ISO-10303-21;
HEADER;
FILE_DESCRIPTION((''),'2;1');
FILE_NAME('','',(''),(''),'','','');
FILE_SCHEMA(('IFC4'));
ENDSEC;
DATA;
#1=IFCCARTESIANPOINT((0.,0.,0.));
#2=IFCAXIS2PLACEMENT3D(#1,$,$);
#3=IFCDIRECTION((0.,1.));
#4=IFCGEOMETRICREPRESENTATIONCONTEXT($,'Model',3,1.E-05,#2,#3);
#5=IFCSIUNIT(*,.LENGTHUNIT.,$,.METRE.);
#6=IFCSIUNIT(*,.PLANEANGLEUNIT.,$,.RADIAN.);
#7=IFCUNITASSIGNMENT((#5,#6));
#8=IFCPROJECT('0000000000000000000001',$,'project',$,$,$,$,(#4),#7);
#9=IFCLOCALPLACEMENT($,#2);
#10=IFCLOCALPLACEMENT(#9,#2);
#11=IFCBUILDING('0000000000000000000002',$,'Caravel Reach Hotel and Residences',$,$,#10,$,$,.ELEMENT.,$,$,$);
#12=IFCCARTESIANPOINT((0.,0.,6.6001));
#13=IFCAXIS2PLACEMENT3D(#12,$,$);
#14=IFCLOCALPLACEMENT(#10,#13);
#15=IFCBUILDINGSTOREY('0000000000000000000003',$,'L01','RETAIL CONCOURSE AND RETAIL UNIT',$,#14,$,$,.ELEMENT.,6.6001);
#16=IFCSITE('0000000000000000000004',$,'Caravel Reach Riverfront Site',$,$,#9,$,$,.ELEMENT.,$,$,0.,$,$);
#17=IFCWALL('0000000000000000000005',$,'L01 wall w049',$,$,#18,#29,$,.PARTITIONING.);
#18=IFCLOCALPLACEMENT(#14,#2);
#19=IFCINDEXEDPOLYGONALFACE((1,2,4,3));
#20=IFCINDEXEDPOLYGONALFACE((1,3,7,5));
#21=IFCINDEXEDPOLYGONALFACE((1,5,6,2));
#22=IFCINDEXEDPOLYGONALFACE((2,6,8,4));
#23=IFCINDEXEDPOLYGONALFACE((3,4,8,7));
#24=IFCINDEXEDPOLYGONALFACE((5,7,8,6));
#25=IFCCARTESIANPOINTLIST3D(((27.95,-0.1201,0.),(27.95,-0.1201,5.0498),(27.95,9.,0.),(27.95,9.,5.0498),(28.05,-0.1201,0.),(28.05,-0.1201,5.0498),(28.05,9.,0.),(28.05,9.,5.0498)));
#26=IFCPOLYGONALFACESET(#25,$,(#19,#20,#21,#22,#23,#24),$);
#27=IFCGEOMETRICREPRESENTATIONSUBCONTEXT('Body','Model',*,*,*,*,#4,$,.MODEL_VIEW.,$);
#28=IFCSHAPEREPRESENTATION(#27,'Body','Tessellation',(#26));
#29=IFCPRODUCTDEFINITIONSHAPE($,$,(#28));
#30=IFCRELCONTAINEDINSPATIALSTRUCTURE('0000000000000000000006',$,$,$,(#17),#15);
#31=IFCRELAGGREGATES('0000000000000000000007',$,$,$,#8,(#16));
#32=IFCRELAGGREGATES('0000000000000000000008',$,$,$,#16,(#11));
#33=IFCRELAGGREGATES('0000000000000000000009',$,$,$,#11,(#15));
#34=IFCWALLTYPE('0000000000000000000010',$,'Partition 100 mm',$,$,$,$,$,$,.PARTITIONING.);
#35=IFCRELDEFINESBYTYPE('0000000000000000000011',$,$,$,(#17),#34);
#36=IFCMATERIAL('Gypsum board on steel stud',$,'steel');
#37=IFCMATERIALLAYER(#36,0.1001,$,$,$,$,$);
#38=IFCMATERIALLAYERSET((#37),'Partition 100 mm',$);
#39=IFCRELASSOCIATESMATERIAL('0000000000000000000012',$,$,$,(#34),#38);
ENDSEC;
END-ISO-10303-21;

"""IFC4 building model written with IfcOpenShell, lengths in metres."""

from ifc_helpers import new_model, si_unit, direction, frame, frame_2d, origin, place, context, subcontext, project, spatial, rectangle, extrude, material, layer, layer_set, type_object, element, save


model = new_model("IFC4")

# Units and contexts
model_context = context("Model", 3, precision=1e-05, world=origin(), true_north=direction((0.0, 1.0)))
body_context = subcontext(model_context, "Body", "Model", "MODEL_VIEW")
ifc_project = project(units=[si_unit("LENGTHUNIT", "METRE"), si_unit("PLANEANGLEUNIT", "RADIAN")], contexts=[model_context])

# Site, building, storey
site_placement = place(None, origin())
site = spatial("IfcSite", under=ifc_project, at=site_placement, Name="Caravel Reach Riverfront Site", CompositionType="ELEMENT", RefElevation=0.0)
building_placement = place(site_placement, origin())
building = spatial("IfcBuilding", under=site, at=building_placement, Name="Caravel Reach Hotel and Residences", CompositionType="ELEMENT")
storey_placement = place(building_placement, frame((0.0, 0.0, 6.6001)))
storey = spatial("IfcBuildingStorey", under=building, at=storey_placement, Name="L01", Description="RETAIL CONCOURSE AND RETAIL UNIT", CompositionType="ELEMENT", Elevation=6.6001)

# Wall
ifc_material_1 = material(Name="Gypsum board on steel stud", Category="steel")
ifc_layer_1 = layer(ifc_material_1, 0.1001)
ifc_layer_set_1 = layer_set([ifc_layer_1], Name="Partition 100 mm")
wall_type_1 = type_object("IfcWallType", Name="Partition 100 mm", PredefinedType="PARTITIONING", material=ifc_layer_set_1)
wall_1_placement = place(storey_placement, frame((28.0, -0.1201, 0.0), z_axis=(0.0, 0.0, 1.0), x_axis=(0.0, 1.0, 0.0)))
element("IfcWall", 1, at=wall_1_placement, inside=storey, type_object=wall_type_1, Name="L01 wall w049", PredefinedType="PARTITIONING", context=body_context, shape_type="SweptSolid", body=[
    extrude(rectangle(XDim=9.1201, YDim=0.1001, at=frame_2d((4.5601, 0.0))), origin(), (0.0, 0.0, 1.0), 5.0498),
])

save(model, "model.ifc")
